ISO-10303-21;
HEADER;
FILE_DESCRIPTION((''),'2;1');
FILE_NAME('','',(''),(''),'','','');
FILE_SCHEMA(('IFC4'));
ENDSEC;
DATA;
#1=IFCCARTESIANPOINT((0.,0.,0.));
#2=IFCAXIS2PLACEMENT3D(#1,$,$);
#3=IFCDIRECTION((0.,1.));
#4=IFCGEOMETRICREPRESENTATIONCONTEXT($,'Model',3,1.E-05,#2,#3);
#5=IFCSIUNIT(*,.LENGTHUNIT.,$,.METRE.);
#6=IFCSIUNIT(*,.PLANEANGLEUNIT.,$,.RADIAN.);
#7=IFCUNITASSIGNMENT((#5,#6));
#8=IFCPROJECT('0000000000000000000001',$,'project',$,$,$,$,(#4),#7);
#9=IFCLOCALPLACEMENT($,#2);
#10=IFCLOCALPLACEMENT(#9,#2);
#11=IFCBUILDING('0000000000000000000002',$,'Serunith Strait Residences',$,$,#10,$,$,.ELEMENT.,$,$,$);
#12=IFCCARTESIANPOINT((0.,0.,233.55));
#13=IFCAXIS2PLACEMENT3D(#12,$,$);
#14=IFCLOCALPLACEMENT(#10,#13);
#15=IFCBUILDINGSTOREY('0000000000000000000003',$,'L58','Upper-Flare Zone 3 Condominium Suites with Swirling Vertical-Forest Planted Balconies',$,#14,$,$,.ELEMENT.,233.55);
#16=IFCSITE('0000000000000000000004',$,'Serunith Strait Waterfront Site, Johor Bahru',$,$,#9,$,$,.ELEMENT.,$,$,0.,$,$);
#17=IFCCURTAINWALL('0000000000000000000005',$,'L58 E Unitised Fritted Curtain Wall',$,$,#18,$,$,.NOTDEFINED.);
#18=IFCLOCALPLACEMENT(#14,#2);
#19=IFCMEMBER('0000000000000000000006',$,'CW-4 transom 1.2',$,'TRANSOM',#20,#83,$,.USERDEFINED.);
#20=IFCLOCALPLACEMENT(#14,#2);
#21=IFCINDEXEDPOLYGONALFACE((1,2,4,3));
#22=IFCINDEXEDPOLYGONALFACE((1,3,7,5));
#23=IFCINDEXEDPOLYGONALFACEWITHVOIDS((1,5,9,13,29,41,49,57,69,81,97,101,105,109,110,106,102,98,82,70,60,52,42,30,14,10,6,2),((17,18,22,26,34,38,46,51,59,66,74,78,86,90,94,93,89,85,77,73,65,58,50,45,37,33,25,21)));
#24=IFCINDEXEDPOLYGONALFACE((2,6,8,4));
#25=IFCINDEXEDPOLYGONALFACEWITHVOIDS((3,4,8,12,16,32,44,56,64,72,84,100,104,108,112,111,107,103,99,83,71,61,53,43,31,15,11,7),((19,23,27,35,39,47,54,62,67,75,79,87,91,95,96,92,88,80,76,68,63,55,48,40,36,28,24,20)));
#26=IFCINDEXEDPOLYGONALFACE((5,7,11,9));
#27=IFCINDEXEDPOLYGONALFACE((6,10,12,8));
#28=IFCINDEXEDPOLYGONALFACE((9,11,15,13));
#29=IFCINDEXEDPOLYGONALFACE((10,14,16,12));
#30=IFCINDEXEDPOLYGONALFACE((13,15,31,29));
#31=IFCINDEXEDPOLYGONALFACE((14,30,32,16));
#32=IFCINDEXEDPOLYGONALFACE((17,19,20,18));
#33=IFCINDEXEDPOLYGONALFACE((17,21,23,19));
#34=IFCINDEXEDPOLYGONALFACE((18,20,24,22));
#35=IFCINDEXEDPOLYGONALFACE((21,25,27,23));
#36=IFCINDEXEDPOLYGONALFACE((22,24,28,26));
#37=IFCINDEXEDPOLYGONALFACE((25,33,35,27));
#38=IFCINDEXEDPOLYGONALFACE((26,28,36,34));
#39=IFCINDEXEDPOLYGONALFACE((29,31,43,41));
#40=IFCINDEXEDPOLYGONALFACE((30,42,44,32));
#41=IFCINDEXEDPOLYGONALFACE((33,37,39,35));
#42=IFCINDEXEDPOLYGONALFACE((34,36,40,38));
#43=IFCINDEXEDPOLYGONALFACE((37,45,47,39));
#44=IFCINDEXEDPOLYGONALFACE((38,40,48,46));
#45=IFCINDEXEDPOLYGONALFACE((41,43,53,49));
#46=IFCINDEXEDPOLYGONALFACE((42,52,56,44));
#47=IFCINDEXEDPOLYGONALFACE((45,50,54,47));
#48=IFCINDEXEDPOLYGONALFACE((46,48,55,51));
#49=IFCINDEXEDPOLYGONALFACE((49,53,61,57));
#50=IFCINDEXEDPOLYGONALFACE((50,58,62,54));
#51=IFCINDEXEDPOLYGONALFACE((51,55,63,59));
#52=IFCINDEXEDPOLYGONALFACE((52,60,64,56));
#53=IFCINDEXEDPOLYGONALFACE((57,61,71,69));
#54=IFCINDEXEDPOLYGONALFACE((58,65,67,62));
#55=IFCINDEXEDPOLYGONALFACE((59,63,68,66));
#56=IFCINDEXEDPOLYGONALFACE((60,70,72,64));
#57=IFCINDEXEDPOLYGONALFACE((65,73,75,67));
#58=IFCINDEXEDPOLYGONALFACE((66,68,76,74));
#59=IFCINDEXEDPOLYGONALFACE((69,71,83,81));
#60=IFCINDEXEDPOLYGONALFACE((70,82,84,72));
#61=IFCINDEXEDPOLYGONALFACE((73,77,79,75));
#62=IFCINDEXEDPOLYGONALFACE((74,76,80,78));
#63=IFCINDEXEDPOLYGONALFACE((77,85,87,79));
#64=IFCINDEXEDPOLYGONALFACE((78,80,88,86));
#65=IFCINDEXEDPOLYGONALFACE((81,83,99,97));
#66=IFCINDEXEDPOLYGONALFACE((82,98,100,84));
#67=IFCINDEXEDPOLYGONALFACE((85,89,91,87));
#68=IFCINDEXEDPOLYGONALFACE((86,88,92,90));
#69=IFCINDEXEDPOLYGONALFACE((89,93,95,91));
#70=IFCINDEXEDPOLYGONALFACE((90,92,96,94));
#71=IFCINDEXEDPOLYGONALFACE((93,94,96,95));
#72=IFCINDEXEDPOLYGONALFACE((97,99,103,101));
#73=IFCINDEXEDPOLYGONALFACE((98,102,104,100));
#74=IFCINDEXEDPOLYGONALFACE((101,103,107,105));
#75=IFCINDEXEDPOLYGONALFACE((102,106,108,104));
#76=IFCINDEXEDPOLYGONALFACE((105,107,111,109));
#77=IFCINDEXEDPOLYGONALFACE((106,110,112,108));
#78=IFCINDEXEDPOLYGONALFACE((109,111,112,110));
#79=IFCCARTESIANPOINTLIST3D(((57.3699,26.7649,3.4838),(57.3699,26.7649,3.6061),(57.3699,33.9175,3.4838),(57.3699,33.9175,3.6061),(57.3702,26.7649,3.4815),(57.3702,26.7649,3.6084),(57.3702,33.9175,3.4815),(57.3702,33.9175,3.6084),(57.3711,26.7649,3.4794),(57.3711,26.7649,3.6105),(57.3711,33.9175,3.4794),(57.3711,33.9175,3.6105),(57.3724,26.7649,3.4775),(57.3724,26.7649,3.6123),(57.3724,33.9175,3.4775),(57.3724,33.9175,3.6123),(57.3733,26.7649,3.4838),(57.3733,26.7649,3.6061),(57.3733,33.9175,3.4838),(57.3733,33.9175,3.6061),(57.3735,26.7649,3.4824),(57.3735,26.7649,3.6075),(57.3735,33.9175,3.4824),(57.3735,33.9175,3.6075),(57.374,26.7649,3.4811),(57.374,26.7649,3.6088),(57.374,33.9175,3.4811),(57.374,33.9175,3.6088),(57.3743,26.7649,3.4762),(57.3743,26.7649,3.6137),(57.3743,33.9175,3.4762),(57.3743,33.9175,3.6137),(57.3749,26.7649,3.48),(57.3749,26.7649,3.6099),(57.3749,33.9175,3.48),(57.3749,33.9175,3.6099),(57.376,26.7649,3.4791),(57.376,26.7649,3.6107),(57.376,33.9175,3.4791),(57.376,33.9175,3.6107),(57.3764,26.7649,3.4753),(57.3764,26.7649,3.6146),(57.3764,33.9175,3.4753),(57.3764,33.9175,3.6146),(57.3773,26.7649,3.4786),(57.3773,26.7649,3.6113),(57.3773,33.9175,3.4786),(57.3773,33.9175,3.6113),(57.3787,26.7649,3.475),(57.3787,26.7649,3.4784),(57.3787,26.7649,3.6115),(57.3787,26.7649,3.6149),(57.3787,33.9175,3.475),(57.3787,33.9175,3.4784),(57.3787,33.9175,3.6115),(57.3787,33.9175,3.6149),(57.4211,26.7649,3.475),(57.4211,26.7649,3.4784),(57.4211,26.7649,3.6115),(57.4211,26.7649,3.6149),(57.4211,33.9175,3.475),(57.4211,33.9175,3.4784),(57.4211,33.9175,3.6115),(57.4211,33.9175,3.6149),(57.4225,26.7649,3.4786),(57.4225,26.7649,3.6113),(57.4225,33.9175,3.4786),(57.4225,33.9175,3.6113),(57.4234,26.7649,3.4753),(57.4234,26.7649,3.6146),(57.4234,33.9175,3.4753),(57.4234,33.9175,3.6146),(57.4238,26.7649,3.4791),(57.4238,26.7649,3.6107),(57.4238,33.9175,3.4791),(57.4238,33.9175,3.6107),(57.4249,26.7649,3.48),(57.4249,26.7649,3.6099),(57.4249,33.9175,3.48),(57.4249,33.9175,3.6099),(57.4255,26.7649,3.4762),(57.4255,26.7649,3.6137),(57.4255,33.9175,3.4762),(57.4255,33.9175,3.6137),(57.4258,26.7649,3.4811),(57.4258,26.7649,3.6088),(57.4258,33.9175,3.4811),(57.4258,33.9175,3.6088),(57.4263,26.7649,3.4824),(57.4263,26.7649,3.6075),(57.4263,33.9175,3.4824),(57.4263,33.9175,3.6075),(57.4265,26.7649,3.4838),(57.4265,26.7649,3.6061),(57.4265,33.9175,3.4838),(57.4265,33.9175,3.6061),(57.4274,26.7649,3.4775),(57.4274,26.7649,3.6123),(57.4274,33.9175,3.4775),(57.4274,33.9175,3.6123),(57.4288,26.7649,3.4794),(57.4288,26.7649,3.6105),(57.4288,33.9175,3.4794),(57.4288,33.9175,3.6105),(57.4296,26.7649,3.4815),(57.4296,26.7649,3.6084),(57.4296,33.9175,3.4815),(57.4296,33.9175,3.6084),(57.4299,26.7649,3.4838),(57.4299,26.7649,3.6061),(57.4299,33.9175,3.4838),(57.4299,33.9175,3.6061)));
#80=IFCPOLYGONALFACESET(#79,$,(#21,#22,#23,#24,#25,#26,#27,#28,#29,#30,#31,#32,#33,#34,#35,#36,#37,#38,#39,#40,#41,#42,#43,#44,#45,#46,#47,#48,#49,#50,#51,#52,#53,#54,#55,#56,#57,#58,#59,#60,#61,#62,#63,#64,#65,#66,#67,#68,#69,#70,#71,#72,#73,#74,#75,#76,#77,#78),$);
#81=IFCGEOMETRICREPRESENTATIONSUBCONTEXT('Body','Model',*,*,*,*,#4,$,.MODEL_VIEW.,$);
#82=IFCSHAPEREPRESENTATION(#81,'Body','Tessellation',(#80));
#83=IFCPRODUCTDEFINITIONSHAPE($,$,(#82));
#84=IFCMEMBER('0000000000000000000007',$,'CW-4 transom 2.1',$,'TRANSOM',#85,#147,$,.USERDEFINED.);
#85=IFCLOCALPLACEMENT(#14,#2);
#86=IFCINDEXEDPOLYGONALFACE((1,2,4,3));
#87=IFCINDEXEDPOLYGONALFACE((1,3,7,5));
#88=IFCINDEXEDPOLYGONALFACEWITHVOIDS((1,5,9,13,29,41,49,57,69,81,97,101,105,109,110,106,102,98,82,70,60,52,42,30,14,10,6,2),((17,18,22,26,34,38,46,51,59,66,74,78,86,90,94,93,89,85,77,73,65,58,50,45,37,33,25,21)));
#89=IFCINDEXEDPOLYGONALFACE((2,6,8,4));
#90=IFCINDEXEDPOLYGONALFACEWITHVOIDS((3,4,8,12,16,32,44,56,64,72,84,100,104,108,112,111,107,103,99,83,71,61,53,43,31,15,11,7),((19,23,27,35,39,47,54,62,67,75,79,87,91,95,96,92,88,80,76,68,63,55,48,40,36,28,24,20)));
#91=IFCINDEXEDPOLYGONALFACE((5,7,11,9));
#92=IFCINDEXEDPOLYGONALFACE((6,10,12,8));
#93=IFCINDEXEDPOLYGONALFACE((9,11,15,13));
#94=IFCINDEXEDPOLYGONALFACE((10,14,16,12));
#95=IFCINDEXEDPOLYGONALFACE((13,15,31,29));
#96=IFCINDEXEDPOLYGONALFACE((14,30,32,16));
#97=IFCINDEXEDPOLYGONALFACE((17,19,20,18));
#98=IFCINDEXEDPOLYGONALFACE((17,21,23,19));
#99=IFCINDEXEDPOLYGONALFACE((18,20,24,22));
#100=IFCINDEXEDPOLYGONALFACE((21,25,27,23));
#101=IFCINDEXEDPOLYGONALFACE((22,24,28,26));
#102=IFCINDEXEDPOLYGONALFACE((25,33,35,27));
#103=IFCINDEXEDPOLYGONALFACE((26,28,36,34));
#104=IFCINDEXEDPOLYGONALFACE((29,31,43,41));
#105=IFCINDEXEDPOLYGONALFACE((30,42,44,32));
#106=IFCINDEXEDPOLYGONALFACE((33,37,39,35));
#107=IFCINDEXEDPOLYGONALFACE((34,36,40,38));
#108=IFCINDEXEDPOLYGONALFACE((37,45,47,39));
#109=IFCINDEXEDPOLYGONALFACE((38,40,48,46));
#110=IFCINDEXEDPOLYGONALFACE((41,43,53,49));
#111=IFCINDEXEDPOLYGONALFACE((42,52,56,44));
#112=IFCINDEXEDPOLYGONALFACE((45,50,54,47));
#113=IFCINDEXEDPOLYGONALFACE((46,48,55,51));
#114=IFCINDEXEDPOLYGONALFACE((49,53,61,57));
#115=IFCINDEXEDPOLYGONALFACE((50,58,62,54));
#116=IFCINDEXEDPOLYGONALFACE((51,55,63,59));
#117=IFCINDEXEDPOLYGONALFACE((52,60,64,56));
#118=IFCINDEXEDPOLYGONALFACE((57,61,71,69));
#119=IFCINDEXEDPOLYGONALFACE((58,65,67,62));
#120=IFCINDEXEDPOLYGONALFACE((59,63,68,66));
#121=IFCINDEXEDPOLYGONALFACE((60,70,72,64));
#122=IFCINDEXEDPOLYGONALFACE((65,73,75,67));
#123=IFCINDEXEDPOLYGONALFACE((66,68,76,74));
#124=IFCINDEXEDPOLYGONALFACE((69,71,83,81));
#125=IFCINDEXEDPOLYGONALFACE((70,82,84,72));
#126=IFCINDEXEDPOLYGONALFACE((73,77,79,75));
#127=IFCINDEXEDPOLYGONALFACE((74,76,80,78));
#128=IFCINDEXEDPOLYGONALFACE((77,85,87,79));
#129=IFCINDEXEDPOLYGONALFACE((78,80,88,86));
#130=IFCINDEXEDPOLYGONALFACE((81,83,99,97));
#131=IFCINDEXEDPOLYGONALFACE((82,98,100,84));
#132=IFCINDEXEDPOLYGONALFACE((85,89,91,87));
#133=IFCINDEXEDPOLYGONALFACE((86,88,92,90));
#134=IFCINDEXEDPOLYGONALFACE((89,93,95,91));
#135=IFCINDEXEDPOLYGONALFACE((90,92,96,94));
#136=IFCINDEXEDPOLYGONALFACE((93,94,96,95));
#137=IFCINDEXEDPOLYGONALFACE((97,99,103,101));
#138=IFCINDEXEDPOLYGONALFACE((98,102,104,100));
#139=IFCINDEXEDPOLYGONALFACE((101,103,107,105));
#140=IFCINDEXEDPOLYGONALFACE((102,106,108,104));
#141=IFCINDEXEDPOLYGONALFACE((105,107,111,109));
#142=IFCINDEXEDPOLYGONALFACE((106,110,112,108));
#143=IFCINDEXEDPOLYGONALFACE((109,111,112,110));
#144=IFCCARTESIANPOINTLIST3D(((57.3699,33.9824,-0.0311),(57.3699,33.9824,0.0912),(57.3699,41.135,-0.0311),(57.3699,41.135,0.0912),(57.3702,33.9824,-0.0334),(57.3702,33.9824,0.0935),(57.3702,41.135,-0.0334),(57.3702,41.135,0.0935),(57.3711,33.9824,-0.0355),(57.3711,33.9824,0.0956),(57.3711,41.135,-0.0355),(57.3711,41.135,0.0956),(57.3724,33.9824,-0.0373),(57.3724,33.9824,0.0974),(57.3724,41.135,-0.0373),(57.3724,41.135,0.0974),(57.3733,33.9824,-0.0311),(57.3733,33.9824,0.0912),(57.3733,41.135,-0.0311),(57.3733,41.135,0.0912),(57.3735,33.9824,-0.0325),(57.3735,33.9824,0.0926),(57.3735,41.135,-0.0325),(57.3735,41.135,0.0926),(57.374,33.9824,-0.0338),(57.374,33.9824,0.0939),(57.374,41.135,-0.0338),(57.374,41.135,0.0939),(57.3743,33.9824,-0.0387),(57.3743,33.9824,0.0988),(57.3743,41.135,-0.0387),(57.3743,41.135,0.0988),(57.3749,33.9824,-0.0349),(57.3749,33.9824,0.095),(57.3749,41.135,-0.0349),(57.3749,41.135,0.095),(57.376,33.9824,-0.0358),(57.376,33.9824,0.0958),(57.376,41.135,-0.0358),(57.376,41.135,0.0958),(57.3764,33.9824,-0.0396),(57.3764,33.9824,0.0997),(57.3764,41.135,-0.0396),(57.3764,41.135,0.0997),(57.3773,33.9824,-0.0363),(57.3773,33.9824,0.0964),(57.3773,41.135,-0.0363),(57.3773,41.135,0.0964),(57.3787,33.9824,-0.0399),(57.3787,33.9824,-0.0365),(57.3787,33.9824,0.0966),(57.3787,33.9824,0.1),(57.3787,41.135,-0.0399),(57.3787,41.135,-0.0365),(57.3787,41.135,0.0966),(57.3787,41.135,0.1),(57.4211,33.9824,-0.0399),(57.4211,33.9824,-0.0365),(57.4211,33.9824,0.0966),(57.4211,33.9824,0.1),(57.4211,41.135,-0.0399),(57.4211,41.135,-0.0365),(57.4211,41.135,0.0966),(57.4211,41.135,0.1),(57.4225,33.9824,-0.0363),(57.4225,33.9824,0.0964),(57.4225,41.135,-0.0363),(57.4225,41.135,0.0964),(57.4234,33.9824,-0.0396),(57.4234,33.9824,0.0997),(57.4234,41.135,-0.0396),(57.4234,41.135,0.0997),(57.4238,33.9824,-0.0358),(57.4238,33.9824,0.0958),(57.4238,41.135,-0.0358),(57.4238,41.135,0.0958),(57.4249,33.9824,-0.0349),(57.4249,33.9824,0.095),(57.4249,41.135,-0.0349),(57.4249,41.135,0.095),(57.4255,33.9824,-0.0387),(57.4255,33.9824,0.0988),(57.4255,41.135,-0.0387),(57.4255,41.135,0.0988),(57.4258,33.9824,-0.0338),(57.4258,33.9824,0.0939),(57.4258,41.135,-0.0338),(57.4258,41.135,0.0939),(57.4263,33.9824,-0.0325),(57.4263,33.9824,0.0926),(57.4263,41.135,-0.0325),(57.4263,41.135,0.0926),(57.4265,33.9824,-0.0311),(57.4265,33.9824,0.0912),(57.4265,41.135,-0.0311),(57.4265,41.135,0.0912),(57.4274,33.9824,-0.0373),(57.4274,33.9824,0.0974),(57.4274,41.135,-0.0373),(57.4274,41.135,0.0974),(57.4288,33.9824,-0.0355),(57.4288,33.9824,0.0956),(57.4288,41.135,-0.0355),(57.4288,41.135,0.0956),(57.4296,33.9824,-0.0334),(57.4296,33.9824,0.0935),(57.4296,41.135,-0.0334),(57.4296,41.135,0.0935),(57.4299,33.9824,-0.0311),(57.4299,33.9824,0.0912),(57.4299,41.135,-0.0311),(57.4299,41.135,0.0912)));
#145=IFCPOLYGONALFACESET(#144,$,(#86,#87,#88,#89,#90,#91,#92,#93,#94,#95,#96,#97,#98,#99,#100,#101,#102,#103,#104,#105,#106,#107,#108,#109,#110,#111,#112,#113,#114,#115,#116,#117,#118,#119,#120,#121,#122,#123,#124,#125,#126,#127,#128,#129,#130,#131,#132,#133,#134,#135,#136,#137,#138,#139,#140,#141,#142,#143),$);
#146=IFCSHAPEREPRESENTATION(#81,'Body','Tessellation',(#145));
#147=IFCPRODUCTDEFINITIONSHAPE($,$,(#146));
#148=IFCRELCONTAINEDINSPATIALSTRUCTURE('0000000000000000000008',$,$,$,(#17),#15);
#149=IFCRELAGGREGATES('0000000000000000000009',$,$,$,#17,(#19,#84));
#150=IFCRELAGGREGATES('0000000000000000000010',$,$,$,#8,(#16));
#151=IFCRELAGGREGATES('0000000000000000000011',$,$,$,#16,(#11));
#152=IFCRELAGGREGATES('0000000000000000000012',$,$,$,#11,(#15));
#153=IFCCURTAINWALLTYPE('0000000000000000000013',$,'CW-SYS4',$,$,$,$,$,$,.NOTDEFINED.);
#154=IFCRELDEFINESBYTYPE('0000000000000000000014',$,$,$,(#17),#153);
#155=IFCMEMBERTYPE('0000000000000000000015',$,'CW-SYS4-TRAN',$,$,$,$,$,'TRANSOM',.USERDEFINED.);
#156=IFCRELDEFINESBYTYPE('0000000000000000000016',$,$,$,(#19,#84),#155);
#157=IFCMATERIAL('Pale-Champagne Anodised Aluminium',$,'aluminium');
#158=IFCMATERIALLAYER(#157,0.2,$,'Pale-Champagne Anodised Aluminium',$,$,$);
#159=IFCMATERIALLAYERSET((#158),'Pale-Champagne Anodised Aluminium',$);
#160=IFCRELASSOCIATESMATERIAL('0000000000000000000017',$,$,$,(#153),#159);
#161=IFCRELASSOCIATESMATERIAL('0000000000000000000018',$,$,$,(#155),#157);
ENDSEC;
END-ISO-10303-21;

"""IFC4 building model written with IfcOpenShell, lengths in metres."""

from ifc_helpers import new_model, si_unit, direction, frame, origin, origin_2d, place, context, subcontext, project, spatial, hollow_rectangle, extrude, source, transform, mapped, material, layer, layer_set, material_profile, profile_set, type_object, element, aggregate, save


model = new_model("IFC4")

# Units and contexts
model_context = context("Model", 3, precision=1e-05, world=origin(), true_north=direction((0.0, 1.0)))
body_context = subcontext(model_context, "Body", "Model", "MODEL_VIEW")
ifc_project = project(units=[si_unit("LENGTHUNIT", "METRE"), si_unit("PLANEANGLEUNIT", "RADIAN")], contexts=[model_context])

# Site, building, storey
site_placement = place(None, origin())
site = spatial("IfcSite", under=ifc_project, at=site_placement, Name="Serunith Strait Waterfront Site, Johor Bahru", CompositionType="ELEMENT", RefElevation=0.0)
building_placement = place(site_placement, origin())
building = spatial("IfcBuilding", under=site, at=building_placement, Name="Serunith Strait Residences", CompositionType="ELEMENT")
storey_placement = place(building_placement, frame((0.0, 0.0, 233.55)))
storey = spatial("IfcBuildingStorey", under=building, at=storey_placement, Name="L58", Description="Upper-Flare Zone 3 Condominium Suites with Swirling Vertical-Forest Planted Balconies", CompositionType="ELEMENT", Elevation=233.55)

# Curtain wall, members
ifc_material_1 = material(Name="Pale-Champagne Anodised Aluminium", Category="aluminium")
ifc_layer_1 = layer(ifc_material_1, 0.2, Name="Pale-Champagne Anodised Aluminium")
ifc_layer_set_1 = layer_set([ifc_layer_1], Name="Pale-Champagne Anodised Aluminium")
curtain_wall_type = type_object("IfcCurtainWallType", Name="CW-SYS4", PredefinedType="NOTDEFINED", material=ifc_layer_set_1)
curtain_wall_placement = place(storey_placement, origin())
curtain_wall = element("IfcCurtainWall", 1, at=curtain_wall_placement, inside=storey, type_object=curtain_wall_type, Name="L58 E Unitised Fritted Curtain Wall", PredefinedType="NOTDEFINED")
ifc_material_profile_1 = material_profile(ifc_material_1, hollow_rectangle(XDim=0.0601, YDim=0.1399, WallThickness=0.0034, InnerFilletRadius=0.0054, OuterFilletRadius=0.0088, at=origin_2d()), Name="ALU 140x60x3.5")
ifc_profile_set_1 = profile_set([ifc_material_profile_1], Name="Pale-Champagne Anodised Aluminium")
member_type_1 = type_object("IfcMemberType", Name="CW-SYS4-TRAN", ElementType="TRANSOM", PredefinedType="USERDEFINED", material=ifc_profile_set_1)
shared_shape_1 = source(origin(), body_context, "Body", "SweptSolid", [
    extrude(hollow_rectangle(XDim=0.0601, YDim=0.1399, WallThickness=0.0034, InnerFilletRadius=0.0054, OuterFilletRadius=0.0088, at=origin_2d()), origin(), (0.0, 0.0, 1.0), 7.1526),
])
member_1_placement = place(storey_placement, frame((57.3999, 26.7649, 3.5449), z_axis=(0.0, 1.0, 0.0), x_axis=(-1.0, 0.0, 0.0)))
member_1 = element("IfcMember", 2, at=member_1_placement, type_object=member_type_1, Name="CW-4 transom 1.2", ObjectType="TRANSOM", PredefinedType="USERDEFINED", context=body_context, shape_type="MappedRepresentation", body=[
    mapped(shared_shape_1, transform((0.0, 0.0, 0.0), scale=1.0)),
])
member_2_placement = place(storey_placement, frame((57.3999, 33.9824, 0.03), z_axis=(0.0, 1.0, 0.0), x_axis=(-1.0, 0.0, 0.0)))
member_2 = element("IfcMember", 3, at=member_2_placement, type_object=member_type_1, Name="CW-4 transom 2.1", ObjectType="TRANSOM", PredefinedType="USERDEFINED", context=body_context, shape_type="MappedRepresentation", body=[
    mapped(shared_shape_1, transform((0.0, 0.0, 0.0), scale=1.0)),
])
aggregate(curtain_wall, [member_1, member_2])

save(model, "model.ifc")
